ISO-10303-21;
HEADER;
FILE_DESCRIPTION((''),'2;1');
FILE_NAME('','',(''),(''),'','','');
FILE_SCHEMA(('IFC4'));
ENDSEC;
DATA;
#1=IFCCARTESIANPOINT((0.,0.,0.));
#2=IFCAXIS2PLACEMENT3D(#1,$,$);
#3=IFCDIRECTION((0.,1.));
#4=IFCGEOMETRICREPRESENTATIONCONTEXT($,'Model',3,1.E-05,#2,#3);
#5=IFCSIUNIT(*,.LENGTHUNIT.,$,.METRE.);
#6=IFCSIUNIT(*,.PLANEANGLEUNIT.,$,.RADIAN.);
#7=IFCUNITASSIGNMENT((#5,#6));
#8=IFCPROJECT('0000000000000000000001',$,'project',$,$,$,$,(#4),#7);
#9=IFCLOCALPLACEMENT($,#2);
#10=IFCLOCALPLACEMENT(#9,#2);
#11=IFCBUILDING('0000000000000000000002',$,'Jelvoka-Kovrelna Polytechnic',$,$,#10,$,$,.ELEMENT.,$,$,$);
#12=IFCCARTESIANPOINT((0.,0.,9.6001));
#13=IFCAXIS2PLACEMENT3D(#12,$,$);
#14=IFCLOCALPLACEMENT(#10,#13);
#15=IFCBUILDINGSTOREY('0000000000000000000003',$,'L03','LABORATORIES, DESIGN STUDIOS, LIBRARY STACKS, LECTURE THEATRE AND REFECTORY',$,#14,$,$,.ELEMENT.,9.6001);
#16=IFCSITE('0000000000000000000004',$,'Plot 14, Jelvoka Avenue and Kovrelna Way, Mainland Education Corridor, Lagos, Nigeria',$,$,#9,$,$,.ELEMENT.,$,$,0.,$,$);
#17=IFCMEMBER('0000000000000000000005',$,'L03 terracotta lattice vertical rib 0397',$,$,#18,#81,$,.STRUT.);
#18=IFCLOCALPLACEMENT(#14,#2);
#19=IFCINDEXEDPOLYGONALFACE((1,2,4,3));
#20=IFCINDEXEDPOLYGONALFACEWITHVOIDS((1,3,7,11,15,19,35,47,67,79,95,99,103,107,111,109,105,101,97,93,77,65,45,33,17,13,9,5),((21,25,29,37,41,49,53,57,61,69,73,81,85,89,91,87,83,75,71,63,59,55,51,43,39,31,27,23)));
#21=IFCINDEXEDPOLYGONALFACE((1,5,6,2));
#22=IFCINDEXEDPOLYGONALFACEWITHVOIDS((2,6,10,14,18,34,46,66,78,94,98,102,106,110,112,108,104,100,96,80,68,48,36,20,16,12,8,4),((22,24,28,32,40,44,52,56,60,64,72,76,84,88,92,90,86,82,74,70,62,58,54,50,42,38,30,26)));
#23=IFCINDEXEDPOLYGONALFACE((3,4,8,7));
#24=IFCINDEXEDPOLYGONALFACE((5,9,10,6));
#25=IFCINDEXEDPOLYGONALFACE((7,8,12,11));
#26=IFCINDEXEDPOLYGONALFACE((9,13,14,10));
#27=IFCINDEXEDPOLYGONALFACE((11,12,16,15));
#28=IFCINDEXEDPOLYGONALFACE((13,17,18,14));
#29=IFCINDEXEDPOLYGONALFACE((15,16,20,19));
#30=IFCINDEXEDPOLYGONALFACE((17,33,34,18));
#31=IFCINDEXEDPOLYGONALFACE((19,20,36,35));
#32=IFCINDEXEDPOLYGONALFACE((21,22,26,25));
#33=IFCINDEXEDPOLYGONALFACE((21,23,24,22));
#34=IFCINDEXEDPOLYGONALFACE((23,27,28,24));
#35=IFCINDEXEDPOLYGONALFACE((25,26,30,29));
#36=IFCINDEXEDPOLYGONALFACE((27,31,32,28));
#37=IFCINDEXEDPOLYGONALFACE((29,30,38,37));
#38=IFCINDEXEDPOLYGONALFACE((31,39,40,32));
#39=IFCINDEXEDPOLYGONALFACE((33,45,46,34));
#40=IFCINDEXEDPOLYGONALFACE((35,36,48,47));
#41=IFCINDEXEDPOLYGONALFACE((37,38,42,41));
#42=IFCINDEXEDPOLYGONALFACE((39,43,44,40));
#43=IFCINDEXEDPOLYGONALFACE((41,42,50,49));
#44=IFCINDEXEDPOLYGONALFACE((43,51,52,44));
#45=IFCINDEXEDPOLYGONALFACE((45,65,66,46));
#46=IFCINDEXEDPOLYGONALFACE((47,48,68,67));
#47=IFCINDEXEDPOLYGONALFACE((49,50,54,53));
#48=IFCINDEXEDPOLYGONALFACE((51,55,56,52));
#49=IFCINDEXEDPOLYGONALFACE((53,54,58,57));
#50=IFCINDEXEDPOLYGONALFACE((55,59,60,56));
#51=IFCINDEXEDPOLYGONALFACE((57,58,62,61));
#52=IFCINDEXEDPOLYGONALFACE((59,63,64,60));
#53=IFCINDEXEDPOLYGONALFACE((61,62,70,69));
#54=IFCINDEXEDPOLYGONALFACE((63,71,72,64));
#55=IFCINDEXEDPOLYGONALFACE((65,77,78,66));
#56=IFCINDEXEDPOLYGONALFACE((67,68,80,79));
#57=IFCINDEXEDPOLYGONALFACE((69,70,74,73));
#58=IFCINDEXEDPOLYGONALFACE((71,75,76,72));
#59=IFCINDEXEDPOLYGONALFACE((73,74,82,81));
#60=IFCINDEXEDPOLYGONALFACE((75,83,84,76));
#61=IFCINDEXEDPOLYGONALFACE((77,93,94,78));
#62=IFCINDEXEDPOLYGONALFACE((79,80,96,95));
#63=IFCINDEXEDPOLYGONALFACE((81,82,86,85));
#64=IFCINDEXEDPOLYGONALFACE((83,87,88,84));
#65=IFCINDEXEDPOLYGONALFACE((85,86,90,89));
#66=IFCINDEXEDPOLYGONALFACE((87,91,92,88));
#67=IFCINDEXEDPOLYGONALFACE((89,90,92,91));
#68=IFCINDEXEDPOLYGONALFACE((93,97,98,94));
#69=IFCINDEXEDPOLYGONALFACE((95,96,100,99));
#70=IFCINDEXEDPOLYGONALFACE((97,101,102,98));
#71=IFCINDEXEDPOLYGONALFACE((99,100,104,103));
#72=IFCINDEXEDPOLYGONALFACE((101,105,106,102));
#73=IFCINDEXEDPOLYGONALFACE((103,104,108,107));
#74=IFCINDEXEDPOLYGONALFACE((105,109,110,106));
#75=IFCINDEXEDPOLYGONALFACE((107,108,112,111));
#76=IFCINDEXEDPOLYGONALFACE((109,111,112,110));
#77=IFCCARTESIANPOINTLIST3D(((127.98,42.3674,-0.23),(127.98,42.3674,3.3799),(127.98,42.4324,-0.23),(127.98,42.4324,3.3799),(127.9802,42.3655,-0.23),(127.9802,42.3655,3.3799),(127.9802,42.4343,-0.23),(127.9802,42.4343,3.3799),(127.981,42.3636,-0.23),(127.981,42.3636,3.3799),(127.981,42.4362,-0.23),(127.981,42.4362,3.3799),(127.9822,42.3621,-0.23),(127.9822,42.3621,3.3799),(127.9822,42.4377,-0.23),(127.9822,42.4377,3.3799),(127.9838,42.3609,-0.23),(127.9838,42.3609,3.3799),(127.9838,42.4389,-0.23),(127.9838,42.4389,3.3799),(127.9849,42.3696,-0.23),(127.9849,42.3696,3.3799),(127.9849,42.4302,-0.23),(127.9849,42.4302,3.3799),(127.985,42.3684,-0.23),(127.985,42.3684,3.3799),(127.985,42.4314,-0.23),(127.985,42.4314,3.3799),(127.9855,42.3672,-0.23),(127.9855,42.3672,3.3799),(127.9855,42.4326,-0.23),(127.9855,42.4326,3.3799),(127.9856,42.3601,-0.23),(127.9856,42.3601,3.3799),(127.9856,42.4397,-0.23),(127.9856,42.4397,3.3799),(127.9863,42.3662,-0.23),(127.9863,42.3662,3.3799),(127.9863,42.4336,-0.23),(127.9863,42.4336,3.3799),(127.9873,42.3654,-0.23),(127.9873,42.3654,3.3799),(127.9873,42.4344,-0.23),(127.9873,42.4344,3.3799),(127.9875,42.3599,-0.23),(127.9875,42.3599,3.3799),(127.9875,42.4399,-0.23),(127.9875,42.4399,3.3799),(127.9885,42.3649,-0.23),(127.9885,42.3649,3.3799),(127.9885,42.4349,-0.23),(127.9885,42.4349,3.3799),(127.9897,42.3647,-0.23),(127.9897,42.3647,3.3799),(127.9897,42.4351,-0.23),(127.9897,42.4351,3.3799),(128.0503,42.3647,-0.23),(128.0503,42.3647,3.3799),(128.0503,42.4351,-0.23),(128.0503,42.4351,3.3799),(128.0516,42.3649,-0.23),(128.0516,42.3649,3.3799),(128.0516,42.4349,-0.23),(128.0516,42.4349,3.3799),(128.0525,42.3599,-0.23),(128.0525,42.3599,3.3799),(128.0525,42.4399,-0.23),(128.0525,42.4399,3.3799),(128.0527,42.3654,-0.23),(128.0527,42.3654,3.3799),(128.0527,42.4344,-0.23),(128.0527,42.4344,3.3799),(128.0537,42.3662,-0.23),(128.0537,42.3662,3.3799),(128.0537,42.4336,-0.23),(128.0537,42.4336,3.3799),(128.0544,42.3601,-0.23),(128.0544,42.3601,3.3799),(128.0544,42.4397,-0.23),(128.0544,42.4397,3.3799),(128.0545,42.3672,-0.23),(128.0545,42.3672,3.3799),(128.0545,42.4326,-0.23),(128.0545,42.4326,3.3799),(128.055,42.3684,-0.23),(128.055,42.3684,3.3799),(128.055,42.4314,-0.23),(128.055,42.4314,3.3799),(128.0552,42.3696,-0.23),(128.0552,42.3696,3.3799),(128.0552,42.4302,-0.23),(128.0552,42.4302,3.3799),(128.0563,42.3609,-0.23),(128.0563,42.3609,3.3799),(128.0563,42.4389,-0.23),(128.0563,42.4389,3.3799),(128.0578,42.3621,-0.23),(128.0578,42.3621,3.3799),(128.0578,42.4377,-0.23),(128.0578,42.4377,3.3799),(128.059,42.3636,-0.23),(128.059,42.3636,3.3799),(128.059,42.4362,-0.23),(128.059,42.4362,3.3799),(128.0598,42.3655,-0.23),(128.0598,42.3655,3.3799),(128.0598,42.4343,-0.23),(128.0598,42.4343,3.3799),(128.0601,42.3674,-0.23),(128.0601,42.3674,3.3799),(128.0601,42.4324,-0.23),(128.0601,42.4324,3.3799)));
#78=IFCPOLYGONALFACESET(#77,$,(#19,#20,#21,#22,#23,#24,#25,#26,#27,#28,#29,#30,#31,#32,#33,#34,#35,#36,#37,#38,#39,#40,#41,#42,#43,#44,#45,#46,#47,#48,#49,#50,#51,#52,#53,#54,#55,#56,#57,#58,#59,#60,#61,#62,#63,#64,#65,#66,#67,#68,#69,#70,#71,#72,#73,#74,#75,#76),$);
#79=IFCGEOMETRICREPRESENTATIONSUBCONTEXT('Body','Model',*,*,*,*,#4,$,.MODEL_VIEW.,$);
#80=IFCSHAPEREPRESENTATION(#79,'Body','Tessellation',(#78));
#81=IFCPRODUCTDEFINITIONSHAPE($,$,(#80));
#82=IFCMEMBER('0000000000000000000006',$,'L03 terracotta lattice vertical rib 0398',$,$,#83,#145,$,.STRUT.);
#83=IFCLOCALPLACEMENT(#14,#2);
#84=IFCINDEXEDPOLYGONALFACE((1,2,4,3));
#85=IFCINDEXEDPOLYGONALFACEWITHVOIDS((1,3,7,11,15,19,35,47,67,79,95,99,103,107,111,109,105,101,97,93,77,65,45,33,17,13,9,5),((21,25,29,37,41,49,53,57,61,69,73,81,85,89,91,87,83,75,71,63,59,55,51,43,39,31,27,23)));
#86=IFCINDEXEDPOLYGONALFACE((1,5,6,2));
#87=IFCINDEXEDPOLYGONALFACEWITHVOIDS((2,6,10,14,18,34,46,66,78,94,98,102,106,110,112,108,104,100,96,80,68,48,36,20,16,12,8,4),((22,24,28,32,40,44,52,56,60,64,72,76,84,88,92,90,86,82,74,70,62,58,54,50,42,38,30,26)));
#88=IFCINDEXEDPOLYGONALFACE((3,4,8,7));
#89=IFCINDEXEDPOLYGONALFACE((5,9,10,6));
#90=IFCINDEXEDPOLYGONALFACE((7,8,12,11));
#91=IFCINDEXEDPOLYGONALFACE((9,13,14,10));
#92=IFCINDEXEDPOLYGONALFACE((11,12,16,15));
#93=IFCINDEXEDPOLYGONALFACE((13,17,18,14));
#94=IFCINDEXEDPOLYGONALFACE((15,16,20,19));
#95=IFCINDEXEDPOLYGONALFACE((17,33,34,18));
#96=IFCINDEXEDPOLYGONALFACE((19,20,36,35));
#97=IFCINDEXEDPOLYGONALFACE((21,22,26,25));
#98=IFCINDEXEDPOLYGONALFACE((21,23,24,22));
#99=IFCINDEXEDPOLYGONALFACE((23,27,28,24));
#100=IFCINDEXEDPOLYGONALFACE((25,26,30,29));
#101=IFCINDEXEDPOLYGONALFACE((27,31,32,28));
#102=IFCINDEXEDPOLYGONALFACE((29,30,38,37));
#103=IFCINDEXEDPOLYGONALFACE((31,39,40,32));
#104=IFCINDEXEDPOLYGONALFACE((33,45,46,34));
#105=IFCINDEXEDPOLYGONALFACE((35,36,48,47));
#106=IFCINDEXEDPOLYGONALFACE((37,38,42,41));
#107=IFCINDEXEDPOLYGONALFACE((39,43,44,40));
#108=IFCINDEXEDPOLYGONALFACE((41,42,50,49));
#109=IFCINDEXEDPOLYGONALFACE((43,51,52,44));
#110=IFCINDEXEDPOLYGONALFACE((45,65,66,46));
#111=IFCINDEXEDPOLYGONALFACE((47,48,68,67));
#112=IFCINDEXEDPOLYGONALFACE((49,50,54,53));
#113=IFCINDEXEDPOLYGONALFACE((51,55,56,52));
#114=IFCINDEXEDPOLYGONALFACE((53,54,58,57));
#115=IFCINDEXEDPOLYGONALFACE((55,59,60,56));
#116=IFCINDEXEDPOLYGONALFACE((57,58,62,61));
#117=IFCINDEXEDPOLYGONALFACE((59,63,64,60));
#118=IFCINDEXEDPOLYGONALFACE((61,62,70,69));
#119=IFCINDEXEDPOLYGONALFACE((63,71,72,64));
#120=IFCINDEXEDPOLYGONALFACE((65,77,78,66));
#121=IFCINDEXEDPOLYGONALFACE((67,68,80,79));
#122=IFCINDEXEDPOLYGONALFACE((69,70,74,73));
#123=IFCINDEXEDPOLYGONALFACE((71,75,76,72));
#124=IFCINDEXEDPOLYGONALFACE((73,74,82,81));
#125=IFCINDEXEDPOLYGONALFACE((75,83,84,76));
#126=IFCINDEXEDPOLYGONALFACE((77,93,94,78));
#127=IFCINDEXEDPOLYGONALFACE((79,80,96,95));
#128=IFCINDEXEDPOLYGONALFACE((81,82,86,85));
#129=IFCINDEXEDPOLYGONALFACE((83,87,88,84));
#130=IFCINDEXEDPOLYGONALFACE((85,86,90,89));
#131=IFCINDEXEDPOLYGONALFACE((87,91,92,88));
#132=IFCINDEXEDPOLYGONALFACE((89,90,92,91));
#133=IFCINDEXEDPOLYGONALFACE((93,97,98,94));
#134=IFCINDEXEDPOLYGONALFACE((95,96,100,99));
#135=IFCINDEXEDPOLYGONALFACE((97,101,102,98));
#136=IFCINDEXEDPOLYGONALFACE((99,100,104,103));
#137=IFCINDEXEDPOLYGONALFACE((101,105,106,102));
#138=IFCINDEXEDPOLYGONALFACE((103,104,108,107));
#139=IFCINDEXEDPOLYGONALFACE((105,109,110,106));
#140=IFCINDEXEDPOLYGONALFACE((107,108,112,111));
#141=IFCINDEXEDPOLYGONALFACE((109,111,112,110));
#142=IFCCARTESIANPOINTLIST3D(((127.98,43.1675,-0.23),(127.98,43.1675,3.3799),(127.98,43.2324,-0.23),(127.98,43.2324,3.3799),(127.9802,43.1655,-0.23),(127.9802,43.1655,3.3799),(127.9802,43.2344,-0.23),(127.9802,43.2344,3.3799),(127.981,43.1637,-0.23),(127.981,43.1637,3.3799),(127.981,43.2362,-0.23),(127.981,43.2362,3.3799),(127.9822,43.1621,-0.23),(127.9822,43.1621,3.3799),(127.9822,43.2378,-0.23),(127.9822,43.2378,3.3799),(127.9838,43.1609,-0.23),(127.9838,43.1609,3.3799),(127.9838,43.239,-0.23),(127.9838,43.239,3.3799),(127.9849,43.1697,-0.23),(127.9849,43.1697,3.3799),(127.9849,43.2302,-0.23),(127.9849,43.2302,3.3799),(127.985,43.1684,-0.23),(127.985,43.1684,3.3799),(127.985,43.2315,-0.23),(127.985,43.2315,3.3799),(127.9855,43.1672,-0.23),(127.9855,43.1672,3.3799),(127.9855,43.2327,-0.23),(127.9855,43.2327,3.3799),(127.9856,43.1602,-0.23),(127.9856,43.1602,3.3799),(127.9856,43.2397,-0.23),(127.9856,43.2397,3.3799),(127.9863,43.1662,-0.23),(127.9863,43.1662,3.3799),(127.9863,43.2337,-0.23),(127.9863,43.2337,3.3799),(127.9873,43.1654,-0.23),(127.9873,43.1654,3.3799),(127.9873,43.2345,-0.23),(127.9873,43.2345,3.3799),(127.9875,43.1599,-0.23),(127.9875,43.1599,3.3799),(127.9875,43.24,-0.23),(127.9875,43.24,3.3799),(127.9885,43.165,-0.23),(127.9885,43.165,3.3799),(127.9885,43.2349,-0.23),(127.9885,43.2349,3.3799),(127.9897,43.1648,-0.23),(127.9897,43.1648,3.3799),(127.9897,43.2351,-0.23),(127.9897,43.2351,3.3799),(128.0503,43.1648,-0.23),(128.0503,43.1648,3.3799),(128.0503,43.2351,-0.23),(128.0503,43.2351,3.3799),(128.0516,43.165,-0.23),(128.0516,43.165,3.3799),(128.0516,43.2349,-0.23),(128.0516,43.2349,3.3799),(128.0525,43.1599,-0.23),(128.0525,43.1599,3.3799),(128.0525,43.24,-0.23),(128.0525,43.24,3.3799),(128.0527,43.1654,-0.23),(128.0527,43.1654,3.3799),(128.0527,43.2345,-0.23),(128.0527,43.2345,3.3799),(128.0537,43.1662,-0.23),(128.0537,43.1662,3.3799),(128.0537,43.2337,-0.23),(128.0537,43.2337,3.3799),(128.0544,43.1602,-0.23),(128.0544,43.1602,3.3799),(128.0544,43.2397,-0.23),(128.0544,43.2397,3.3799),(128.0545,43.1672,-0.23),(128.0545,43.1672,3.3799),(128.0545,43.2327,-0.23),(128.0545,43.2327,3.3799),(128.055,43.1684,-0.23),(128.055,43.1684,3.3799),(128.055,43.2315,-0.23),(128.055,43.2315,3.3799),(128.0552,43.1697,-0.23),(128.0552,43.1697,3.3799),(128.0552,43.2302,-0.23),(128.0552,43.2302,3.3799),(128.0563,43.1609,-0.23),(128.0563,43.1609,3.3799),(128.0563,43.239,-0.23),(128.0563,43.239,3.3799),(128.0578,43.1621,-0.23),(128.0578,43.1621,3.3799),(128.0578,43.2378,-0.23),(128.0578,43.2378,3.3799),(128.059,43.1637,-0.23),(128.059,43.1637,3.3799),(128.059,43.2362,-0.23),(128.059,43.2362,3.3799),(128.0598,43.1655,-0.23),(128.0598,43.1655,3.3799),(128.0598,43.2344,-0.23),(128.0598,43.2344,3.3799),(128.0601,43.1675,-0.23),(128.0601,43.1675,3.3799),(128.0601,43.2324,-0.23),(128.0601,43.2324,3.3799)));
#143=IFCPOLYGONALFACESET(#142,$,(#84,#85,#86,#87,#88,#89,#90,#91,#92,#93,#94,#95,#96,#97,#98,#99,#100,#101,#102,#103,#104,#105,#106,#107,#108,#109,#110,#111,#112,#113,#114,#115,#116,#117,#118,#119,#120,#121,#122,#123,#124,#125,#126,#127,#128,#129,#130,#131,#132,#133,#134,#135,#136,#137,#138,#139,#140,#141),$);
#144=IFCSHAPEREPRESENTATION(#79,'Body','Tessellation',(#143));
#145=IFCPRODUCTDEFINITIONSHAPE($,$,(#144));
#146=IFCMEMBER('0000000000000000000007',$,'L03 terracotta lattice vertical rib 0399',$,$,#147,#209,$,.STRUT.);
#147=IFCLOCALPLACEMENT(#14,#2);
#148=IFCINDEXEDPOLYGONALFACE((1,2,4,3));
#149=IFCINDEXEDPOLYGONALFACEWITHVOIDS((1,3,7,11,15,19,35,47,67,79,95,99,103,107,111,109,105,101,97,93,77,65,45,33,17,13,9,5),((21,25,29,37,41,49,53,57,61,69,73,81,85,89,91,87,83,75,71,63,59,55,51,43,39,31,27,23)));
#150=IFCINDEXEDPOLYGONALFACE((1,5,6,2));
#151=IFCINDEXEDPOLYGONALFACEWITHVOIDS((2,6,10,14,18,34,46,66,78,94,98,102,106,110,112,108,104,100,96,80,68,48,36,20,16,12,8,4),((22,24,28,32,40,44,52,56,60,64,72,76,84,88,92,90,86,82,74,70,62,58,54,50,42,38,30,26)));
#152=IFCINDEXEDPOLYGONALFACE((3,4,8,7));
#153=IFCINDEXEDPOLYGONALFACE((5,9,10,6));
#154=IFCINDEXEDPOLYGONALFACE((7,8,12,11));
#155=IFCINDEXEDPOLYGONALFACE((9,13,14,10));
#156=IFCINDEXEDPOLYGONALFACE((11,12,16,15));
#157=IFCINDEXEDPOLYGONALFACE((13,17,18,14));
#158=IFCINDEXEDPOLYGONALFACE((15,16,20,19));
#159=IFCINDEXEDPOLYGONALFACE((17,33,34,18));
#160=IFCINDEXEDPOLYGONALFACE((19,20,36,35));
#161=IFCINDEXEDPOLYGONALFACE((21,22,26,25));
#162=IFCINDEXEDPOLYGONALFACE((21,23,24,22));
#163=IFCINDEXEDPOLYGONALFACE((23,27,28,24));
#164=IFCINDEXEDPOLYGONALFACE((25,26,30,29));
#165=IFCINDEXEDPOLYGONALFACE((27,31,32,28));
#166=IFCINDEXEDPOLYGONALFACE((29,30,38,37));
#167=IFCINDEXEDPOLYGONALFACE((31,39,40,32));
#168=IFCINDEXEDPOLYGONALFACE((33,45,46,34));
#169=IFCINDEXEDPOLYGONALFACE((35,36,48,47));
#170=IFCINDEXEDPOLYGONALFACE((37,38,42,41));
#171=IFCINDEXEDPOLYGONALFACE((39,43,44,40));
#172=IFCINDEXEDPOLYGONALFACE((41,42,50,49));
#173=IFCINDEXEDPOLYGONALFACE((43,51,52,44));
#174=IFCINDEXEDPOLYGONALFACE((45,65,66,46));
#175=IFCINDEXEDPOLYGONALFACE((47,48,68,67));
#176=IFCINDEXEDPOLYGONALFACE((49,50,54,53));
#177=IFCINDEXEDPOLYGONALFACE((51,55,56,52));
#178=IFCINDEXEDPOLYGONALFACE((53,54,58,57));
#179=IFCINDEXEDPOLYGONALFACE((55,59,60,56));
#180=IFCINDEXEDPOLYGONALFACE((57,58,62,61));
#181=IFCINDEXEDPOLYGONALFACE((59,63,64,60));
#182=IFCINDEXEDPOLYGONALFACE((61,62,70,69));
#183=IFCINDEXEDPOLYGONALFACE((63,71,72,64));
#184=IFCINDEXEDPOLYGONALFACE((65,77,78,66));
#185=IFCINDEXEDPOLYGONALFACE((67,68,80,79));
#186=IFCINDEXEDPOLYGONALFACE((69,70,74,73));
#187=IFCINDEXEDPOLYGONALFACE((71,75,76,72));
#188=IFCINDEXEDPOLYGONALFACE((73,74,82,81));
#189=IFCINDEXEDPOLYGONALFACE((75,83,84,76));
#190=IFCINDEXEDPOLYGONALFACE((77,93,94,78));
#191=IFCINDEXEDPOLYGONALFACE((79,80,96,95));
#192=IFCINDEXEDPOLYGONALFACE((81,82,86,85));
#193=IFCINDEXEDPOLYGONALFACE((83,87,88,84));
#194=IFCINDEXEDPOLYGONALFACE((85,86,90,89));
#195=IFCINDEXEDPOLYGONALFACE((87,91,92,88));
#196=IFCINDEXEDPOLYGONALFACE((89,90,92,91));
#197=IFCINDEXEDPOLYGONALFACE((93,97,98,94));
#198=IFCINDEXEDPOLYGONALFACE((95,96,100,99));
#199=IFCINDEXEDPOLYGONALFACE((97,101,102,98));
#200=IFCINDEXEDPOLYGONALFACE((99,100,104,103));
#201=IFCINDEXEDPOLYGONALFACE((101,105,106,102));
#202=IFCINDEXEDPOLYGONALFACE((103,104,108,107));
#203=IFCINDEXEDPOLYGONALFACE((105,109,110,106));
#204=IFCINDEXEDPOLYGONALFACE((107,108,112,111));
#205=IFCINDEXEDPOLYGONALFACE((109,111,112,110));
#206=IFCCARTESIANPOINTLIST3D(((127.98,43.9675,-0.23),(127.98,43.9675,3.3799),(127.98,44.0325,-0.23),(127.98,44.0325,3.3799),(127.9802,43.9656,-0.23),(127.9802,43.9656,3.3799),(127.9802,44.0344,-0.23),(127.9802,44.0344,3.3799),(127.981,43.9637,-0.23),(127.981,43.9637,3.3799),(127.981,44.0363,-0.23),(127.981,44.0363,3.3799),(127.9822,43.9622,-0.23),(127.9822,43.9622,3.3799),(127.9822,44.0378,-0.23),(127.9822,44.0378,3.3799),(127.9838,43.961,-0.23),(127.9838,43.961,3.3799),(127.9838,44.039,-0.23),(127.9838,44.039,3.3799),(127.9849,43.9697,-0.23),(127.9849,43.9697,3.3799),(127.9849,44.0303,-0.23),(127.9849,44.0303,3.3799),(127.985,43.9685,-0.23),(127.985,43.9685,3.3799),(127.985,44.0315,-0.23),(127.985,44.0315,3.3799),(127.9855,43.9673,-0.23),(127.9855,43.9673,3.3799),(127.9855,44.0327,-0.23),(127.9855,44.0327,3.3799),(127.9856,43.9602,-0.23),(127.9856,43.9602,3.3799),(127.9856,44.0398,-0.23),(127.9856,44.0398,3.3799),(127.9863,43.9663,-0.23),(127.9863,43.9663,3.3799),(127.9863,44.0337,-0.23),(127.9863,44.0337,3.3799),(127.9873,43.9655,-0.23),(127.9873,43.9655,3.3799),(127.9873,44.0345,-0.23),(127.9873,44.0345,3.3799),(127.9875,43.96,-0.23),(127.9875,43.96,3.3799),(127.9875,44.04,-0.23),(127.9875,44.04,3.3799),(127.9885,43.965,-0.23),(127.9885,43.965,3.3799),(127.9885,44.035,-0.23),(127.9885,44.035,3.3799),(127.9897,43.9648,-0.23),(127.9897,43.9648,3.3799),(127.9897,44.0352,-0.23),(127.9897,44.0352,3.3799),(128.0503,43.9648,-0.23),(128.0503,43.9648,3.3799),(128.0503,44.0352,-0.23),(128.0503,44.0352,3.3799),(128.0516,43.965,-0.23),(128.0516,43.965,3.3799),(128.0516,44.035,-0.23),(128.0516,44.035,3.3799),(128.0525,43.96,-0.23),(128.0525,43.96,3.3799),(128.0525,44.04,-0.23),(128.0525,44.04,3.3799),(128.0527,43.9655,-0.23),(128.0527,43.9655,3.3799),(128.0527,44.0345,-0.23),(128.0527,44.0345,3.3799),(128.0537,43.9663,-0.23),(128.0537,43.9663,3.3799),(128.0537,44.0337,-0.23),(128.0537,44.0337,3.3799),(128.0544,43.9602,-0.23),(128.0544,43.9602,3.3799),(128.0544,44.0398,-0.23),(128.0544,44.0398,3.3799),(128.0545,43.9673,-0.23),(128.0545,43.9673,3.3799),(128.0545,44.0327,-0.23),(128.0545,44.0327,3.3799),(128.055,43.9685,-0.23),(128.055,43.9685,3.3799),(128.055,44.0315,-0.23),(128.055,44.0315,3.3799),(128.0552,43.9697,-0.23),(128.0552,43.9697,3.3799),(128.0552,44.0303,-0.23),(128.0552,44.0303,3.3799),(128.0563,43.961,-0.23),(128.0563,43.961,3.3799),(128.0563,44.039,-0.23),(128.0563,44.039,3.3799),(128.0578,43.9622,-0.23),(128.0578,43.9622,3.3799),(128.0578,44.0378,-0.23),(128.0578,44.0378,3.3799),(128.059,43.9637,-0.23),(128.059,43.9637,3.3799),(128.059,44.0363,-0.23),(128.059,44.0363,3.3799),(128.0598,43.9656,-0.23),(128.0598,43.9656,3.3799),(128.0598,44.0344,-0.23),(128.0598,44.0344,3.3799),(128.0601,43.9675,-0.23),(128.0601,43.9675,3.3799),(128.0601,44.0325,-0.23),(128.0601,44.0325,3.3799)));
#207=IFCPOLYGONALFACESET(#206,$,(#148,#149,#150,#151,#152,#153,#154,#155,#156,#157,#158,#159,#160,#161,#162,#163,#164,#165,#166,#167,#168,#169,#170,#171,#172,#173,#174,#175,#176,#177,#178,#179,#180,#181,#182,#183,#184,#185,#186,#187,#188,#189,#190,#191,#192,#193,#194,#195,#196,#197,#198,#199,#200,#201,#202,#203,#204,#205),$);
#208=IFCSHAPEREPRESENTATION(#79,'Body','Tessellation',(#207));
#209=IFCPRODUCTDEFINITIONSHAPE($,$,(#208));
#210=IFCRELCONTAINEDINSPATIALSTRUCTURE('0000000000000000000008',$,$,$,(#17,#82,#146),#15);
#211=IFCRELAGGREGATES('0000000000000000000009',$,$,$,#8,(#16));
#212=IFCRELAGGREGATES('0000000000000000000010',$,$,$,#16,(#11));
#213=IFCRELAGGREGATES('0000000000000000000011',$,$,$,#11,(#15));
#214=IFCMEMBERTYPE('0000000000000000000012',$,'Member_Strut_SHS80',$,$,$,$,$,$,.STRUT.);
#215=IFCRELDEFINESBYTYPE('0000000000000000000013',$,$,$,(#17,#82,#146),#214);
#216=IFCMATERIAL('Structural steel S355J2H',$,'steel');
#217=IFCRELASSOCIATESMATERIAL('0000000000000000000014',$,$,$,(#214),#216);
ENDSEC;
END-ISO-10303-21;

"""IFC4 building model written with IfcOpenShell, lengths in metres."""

from ifc_helpers import new_model, si_unit, direction, frame, origin, origin_2d, place, context, subcontext, project, spatial, hollow_rectangle, extrude, material, material_profile, profile_set, type_object, element, save


model = new_model("IFC4")

# Units and contexts
model_context = context("Model", 3, precision=1e-05, world=origin(), true_north=direction((0.0, 1.0)))
body_context = subcontext(model_context, "Body", "Model", "MODEL_VIEW")
ifc_project = project(units=[si_unit("LENGTHUNIT", "METRE"), si_unit("PLANEANGLEUNIT", "RADIAN")], contexts=[model_context])

# Site, building, storey
site_placement = place(None, origin())
site = spatial("IfcSite", under=ifc_project, at=site_placement, Name="Plot 14, Jelvoka Avenue and Kovrelna Way, Mainland Education Corridor, Lagos, Nigeria", CompositionType="ELEMENT", RefElevation=0.0)
building_placement = place(site_placement, origin())
building = spatial("IfcBuilding", under=site, at=building_placement, Name="Jelvoka-Kovrelna Polytechnic", CompositionType="ELEMENT")
storey_placement = place(building_placement, frame((0.0, 0.0, 9.6001)))
storey = spatial("IfcBuildingStorey", under=building, at=storey_placement, Name="L03", Description="LABORATORIES, DESIGN STUDIOS, LIBRARY STACKS, LECTURE THEATRE AND REFECTORY", CompositionType="ELEMENT", Elevation=9.6001)

# Members
ifc_material_1 = material(Name="Structural steel S355J2H", Category="steel")
ifc_material_profile_1 = material_profile(ifc_material_1, hollow_rectangle(XDim=0.0801, YDim=0.0801, WallThickness=0.0049, InnerFilletRadius=0.0049, OuterFilletRadius=0.0076, at=origin_2d()), Name="80x80x5.0 SHS")
ifc_profile_set_1 = profile_set([ifc_material_profile_1], Name="Structural steel S355J2H")
member_type_1 = type_object("IfcMemberType", Name="Member_Strut_SHS80", PredefinedType="STRUT", material=ifc_profile_set_1)
for number, where, z_axis, x_axis, name in (
    (1, (128.02, 42.3999, -0.23), (0.0, 0.0, 1.0), (1.0, 0.0, 0.0), "L03 terracotta lattice vertical rib 0397"),
    (2, (128.02, 43.2, -0.23), (0.0, 0.0, 1.0), (1.0, 0.0, 0.0), "L03 terracotta lattice vertical rib 0398"),
    (3, (128.02, 44.0, -0.23), (0.0, 0.0, 1.0), (1.0, 0.0, 0.0), "L03 terracotta lattice vertical rib 0399"),
):
    element("IfcMember", number, at=place(storey_placement, frame(where, z_axis=z_axis, x_axis=x_axis)), inside=storey, type_object=member_type_1, Name=name, PredefinedType="STRUT", context=body_context, shape_type="SweptSolid", body=[
        extrude(hollow_rectangle(XDim=0.0801, YDim=0.0801, WallThickness=0.0049, InnerFilletRadius=0.0049, OuterFilletRadius=0.0076, at=origin_2d()), origin(), (0.0, 0.0, 1.0), 3.6099),
    ])

save(model, "model.ifc")
